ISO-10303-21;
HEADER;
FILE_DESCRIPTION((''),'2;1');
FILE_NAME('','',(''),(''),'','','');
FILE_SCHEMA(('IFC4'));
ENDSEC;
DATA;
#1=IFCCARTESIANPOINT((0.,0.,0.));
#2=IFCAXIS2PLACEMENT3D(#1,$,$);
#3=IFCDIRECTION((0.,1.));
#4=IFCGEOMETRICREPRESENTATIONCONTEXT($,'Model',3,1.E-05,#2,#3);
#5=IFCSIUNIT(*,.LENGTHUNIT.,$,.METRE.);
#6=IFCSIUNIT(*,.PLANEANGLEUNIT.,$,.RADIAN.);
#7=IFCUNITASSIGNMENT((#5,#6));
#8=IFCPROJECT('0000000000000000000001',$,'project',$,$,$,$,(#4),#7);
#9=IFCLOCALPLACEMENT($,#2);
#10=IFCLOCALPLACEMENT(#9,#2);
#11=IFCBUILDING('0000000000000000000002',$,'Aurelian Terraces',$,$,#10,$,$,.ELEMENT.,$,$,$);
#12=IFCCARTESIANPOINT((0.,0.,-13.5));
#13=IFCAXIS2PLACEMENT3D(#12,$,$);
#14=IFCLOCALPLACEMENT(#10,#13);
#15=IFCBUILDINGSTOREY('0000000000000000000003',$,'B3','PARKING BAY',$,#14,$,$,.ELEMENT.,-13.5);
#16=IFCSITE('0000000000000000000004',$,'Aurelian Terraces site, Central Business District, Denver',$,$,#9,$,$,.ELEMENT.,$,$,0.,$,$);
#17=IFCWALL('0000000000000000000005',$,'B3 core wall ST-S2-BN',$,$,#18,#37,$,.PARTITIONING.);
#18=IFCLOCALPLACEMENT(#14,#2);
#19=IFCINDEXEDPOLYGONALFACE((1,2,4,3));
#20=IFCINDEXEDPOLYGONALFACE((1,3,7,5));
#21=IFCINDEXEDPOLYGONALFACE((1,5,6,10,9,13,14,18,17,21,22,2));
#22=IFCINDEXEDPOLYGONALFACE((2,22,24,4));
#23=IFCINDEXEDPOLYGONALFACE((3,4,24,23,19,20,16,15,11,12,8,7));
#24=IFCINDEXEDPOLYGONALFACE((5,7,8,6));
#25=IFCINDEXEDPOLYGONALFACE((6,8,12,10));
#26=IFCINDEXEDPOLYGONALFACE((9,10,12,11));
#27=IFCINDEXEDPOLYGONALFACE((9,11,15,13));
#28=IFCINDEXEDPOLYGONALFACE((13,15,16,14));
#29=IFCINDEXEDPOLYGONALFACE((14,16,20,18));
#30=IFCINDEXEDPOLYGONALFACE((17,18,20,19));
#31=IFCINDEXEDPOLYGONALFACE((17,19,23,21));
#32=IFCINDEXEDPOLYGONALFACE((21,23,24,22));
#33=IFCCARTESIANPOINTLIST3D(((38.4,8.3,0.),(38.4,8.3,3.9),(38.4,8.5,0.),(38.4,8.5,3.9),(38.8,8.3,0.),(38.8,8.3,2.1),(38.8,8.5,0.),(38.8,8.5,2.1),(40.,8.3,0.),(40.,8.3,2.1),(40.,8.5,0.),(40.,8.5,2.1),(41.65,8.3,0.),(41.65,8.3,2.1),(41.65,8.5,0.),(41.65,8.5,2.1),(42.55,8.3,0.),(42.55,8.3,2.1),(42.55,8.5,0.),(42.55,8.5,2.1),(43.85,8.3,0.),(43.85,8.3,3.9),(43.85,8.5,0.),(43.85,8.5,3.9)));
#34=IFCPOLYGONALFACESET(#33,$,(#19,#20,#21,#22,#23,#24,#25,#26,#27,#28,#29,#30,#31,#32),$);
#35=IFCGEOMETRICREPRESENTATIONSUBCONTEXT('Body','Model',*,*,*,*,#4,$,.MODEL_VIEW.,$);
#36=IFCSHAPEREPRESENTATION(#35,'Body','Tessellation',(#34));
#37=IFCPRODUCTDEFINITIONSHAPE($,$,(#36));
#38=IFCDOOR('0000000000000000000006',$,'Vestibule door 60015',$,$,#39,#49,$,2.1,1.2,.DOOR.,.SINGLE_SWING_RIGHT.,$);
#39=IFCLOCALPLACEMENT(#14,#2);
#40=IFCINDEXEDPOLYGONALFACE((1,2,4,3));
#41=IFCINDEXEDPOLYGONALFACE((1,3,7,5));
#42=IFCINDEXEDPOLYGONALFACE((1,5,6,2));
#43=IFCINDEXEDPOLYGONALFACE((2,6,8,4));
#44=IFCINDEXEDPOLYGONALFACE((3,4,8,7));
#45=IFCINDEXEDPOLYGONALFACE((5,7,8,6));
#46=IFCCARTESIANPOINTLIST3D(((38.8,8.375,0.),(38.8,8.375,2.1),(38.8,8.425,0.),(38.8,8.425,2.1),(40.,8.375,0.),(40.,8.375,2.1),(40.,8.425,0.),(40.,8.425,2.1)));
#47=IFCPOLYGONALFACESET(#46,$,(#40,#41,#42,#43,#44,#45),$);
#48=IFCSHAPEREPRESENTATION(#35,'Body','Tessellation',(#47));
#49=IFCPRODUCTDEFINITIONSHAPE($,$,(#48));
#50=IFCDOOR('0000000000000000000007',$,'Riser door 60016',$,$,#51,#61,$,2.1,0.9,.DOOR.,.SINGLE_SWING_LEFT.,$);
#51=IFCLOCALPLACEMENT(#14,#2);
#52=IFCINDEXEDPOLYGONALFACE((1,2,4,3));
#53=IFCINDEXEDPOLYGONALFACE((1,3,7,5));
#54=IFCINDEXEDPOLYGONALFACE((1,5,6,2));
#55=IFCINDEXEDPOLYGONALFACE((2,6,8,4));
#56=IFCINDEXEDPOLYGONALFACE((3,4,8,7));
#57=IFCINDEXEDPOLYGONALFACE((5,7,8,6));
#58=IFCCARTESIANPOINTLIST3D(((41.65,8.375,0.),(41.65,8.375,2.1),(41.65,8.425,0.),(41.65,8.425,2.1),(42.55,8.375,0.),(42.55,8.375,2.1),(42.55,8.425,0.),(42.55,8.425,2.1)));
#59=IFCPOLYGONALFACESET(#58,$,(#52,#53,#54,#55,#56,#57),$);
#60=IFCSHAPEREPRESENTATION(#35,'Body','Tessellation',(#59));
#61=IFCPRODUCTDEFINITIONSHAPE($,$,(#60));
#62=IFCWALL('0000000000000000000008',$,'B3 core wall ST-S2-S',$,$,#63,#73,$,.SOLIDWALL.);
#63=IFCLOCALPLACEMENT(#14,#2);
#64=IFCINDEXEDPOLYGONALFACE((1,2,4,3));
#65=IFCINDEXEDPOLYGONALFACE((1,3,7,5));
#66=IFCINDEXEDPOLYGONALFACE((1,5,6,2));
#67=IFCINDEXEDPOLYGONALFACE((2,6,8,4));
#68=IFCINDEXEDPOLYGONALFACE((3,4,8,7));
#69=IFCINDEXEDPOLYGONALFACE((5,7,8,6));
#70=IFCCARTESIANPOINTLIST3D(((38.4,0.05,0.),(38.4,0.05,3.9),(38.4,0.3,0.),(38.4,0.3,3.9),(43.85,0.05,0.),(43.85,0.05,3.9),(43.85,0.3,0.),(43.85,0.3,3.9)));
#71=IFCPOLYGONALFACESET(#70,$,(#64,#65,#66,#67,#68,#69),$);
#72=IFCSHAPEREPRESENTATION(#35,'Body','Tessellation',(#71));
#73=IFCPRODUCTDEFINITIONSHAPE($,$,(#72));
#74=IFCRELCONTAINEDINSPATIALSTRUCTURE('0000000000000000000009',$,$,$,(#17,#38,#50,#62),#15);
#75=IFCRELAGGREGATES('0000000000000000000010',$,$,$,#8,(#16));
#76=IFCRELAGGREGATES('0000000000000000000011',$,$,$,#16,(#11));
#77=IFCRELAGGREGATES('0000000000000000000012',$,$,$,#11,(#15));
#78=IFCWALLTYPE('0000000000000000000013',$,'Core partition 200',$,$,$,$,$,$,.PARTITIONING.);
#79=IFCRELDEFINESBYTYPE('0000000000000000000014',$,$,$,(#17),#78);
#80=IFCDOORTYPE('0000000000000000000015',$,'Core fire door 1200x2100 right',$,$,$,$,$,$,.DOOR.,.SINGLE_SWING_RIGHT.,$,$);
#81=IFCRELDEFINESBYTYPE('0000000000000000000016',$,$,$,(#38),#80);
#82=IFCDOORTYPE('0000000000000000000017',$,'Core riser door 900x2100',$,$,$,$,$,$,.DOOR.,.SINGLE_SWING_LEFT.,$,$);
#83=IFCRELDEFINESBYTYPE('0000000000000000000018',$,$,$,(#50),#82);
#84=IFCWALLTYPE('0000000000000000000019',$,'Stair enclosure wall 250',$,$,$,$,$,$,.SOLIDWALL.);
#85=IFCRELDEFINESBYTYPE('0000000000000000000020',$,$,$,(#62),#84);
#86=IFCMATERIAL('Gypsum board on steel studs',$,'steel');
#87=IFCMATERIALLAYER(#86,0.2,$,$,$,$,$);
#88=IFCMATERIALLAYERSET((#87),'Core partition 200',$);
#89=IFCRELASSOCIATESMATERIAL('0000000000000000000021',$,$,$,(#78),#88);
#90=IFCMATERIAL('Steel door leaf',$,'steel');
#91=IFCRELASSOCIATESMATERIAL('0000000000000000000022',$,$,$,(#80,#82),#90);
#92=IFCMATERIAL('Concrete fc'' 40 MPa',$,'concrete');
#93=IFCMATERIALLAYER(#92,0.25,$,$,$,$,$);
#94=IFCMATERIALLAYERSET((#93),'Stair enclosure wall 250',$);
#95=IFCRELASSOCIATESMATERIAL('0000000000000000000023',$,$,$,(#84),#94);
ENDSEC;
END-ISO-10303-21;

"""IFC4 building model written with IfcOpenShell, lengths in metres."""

from ifc_helpers import new_model, si_unit, direction, frame, frame_2d, origin, place, context, subcontext, project, spatial, rectangle, extrude, source, transform, mapped, material, layer, layer_set, type_object, element, fill, save


model = new_model("IFC4")

# Units and contexts
model_context = context("Model", 3, precision=1e-05, world=origin(), true_north=direction((0.0, 1.0)))
body_context = subcontext(model_context, "Body", "Model", "MODEL_VIEW")
ifc_project = project(units=[si_unit("LENGTHUNIT", "METRE"), si_unit("PLANEANGLEUNIT", "RADIAN")], contexts=[model_context])

# Site, building, storey
site_placement = place(None, origin())
site = spatial("IfcSite", under=ifc_project, at=site_placement, Name="Aurelian Terraces site, Central Business District, Denver", CompositionType="ELEMENT", RefElevation=0.0)
building_placement = place(site_placement, origin())
building = spatial("IfcBuilding", under=site, at=building_placement, Name="Aurelian Terraces", CompositionType="ELEMENT")
storey_placement = place(building_placement, frame((0.0, 0.0, -13.5)))
storey = spatial("IfcBuildingStorey", under=building, at=storey_placement, Name="B3", Description="PARKING BAY", CompositionType="ELEMENT", Elevation=-13.5)

# Shared definitions
ifc_material_1 = material(Name="Gypsum board on steel studs", Category="steel")
ifc_layer_1 = layer(ifc_material_1, 0.2)
ifc_layer_set_1 = layer_set([ifc_layer_1], Name="Core partition 200")
wall_type_1 = type_object("IfcWallType", Name="Core partition 200", PredefinedType="PARTITIONING", material=ifc_layer_set_1)

# Wall, openings, doors
wall_1_placement = place(storey_placement, frame((38.4, 8.4, 0.0), z_axis=(0.0, 0.0, 1.0), x_axis=(1.0, 0.0, 0.0)))
wall_1 = element("IfcWall", 1, at=wall_1_placement, inside=storey, type_object=wall_type_1, Name="B3 core wall ST-S2-BN", PredefinedType="PARTITIONING", context=body_context, shape_type="SweptSolid", body=[
    extrude(rectangle(XDim=5.45, YDim=0.2, at=frame_2d((2.725, 0.0))), origin(), (0.0, 0.0, 1.0), 3.9),
])
opening_1_placement = place(wall_1_placement, frame((0.4, 0.0, 0.0)))
opening_1 = element("IfcOpeningElement", 2, at=opening_1_placement, cuts=wall_1, PredefinedType="OPENING", context=body_context, shape_type="SweptSolid", body=[
    extrude(rectangle(XDim=1.2, YDim=2.1, at=frame_2d((0.6, 1.05))), frame((0.0, 0.11, 0.0), z_axis=(0.0, -1.0, 0.0), x_axis=(1.0, 0.0, 0.0)), (0.0, 0.0, 1.0), 0.22),
])
shared_shape_1 = source(origin(), body_context, "Body", "SweptSolid", [
    extrude(rectangle(XDim=0.9, YDim=2.1, at=frame_2d((0.45, 1.05))), frame((0.0, 0.11, 0.0), z_axis=(0.0, -1.0, 0.0), x_axis=(1.0, 0.0, 0.0)), (0.0, 0.0, 1.0), 0.22),
])
opening_2_placement = place(wall_1_placement, frame((3.25, 0.0, 0.0)))
opening_2 = element("IfcOpeningElement", 3, at=opening_2_placement, cuts=wall_1, PredefinedType="OPENING", context=body_context, shape_type="MappedRepresentation", body=[
    mapped(shared_shape_1, transform((0.0, 0.0, 0.0), scale=1.0)),
])
ifc_material_2 = material(Name="Steel door leaf", Category="steel")
door_type_1 = type_object("IfcDoorType", Name="Core fire door 1200x2100 right", OperationType="SINGLE_SWING_RIGHT", PredefinedType="DOOR", material=ifc_material_2)
door_1_placement = place(opening_1_placement, origin())
door_1 = element("IfcDoor", 4, at=door_1_placement, inside=storey, type_object=door_type_1, Name="Vestibule door 60015", OperationType="SINGLE_SWING_RIGHT", OverallHeight=2.1, OverallWidth=1.2, PredefinedType="DOOR", context=body_context, shape_type="SweptSolid", body=[
    extrude(rectangle(XDim=1.2, YDim=2.1, at=frame_2d((0.6, 1.05))), frame((0.0, 0.025, 0.0), z_axis=(0.0, -1.0, 0.0), x_axis=(1.0, 0.0, 0.0)), (0.0, 0.0, 1.0), 0.05),
])
fill(opening_1, door_1)
door_type_2 = type_object("IfcDoorType", Name="Core riser door 900x2100", OperationType="SINGLE_SWING_LEFT", PredefinedType="DOOR", material=ifc_material_2)
shared_shape_2 = source(origin(), body_context, "Body", "SweptSolid", [
    extrude(rectangle(XDim=0.9, YDim=2.1, at=frame_2d((0.45, 1.05))), frame((0.0, 0.025, 0.0), z_axis=(0.0, -1.0, 0.0), x_axis=(1.0, 0.0, 0.0)), (0.0, 0.0, 1.0), 0.05),
])
door_2_placement = place(opening_2_placement, origin())
door_2 = element("IfcDoor", 5, at=door_2_placement, inside=storey, type_object=door_type_2, Name="Riser door 60016", OperationType="SINGLE_SWING_LEFT", OverallHeight=2.1, OverallWidth=0.9, PredefinedType="DOOR", context=body_context, shape_type="MappedRepresentation", body=[
    mapped(shared_shape_2, transform((0.0, 0.0, 0.0), scale=1.0)),
])
fill(opening_2, door_2)

# Wall
ifc_material_3 = material(Name="Concrete fc' 40 MPa", Category="concrete")
ifc_layer_2 = layer(ifc_material_3, 0.25)
ifc_layer_set_2 = layer_set([ifc_layer_2], Name="Stair enclosure wall 250")
wall_type_2 = type_object("IfcWallType", Name="Stair enclosure wall 250", PredefinedType="SOLIDWALL", material=ifc_layer_set_2)
wall_2_placement = place(storey_placement, frame((38.4, 0.175, 0.0), z_axis=(0.0, 0.0, 1.0), x_axis=(1.0, 0.0, 0.0)))
element("IfcWall", 6, at=wall_2_placement, inside=storey, type_object=wall_type_2, Name="B3 core wall ST-S2-S", PredefinedType="SOLIDWALL", context=body_context, shape_type="SweptSolid", body=[
    extrude(rectangle(XDim=5.45, YDim=0.25, at=frame_2d((2.725, 0.0))), origin(), (0.0, 0.0, 1.0), 3.9),
])

save(model, "model.ifc")
